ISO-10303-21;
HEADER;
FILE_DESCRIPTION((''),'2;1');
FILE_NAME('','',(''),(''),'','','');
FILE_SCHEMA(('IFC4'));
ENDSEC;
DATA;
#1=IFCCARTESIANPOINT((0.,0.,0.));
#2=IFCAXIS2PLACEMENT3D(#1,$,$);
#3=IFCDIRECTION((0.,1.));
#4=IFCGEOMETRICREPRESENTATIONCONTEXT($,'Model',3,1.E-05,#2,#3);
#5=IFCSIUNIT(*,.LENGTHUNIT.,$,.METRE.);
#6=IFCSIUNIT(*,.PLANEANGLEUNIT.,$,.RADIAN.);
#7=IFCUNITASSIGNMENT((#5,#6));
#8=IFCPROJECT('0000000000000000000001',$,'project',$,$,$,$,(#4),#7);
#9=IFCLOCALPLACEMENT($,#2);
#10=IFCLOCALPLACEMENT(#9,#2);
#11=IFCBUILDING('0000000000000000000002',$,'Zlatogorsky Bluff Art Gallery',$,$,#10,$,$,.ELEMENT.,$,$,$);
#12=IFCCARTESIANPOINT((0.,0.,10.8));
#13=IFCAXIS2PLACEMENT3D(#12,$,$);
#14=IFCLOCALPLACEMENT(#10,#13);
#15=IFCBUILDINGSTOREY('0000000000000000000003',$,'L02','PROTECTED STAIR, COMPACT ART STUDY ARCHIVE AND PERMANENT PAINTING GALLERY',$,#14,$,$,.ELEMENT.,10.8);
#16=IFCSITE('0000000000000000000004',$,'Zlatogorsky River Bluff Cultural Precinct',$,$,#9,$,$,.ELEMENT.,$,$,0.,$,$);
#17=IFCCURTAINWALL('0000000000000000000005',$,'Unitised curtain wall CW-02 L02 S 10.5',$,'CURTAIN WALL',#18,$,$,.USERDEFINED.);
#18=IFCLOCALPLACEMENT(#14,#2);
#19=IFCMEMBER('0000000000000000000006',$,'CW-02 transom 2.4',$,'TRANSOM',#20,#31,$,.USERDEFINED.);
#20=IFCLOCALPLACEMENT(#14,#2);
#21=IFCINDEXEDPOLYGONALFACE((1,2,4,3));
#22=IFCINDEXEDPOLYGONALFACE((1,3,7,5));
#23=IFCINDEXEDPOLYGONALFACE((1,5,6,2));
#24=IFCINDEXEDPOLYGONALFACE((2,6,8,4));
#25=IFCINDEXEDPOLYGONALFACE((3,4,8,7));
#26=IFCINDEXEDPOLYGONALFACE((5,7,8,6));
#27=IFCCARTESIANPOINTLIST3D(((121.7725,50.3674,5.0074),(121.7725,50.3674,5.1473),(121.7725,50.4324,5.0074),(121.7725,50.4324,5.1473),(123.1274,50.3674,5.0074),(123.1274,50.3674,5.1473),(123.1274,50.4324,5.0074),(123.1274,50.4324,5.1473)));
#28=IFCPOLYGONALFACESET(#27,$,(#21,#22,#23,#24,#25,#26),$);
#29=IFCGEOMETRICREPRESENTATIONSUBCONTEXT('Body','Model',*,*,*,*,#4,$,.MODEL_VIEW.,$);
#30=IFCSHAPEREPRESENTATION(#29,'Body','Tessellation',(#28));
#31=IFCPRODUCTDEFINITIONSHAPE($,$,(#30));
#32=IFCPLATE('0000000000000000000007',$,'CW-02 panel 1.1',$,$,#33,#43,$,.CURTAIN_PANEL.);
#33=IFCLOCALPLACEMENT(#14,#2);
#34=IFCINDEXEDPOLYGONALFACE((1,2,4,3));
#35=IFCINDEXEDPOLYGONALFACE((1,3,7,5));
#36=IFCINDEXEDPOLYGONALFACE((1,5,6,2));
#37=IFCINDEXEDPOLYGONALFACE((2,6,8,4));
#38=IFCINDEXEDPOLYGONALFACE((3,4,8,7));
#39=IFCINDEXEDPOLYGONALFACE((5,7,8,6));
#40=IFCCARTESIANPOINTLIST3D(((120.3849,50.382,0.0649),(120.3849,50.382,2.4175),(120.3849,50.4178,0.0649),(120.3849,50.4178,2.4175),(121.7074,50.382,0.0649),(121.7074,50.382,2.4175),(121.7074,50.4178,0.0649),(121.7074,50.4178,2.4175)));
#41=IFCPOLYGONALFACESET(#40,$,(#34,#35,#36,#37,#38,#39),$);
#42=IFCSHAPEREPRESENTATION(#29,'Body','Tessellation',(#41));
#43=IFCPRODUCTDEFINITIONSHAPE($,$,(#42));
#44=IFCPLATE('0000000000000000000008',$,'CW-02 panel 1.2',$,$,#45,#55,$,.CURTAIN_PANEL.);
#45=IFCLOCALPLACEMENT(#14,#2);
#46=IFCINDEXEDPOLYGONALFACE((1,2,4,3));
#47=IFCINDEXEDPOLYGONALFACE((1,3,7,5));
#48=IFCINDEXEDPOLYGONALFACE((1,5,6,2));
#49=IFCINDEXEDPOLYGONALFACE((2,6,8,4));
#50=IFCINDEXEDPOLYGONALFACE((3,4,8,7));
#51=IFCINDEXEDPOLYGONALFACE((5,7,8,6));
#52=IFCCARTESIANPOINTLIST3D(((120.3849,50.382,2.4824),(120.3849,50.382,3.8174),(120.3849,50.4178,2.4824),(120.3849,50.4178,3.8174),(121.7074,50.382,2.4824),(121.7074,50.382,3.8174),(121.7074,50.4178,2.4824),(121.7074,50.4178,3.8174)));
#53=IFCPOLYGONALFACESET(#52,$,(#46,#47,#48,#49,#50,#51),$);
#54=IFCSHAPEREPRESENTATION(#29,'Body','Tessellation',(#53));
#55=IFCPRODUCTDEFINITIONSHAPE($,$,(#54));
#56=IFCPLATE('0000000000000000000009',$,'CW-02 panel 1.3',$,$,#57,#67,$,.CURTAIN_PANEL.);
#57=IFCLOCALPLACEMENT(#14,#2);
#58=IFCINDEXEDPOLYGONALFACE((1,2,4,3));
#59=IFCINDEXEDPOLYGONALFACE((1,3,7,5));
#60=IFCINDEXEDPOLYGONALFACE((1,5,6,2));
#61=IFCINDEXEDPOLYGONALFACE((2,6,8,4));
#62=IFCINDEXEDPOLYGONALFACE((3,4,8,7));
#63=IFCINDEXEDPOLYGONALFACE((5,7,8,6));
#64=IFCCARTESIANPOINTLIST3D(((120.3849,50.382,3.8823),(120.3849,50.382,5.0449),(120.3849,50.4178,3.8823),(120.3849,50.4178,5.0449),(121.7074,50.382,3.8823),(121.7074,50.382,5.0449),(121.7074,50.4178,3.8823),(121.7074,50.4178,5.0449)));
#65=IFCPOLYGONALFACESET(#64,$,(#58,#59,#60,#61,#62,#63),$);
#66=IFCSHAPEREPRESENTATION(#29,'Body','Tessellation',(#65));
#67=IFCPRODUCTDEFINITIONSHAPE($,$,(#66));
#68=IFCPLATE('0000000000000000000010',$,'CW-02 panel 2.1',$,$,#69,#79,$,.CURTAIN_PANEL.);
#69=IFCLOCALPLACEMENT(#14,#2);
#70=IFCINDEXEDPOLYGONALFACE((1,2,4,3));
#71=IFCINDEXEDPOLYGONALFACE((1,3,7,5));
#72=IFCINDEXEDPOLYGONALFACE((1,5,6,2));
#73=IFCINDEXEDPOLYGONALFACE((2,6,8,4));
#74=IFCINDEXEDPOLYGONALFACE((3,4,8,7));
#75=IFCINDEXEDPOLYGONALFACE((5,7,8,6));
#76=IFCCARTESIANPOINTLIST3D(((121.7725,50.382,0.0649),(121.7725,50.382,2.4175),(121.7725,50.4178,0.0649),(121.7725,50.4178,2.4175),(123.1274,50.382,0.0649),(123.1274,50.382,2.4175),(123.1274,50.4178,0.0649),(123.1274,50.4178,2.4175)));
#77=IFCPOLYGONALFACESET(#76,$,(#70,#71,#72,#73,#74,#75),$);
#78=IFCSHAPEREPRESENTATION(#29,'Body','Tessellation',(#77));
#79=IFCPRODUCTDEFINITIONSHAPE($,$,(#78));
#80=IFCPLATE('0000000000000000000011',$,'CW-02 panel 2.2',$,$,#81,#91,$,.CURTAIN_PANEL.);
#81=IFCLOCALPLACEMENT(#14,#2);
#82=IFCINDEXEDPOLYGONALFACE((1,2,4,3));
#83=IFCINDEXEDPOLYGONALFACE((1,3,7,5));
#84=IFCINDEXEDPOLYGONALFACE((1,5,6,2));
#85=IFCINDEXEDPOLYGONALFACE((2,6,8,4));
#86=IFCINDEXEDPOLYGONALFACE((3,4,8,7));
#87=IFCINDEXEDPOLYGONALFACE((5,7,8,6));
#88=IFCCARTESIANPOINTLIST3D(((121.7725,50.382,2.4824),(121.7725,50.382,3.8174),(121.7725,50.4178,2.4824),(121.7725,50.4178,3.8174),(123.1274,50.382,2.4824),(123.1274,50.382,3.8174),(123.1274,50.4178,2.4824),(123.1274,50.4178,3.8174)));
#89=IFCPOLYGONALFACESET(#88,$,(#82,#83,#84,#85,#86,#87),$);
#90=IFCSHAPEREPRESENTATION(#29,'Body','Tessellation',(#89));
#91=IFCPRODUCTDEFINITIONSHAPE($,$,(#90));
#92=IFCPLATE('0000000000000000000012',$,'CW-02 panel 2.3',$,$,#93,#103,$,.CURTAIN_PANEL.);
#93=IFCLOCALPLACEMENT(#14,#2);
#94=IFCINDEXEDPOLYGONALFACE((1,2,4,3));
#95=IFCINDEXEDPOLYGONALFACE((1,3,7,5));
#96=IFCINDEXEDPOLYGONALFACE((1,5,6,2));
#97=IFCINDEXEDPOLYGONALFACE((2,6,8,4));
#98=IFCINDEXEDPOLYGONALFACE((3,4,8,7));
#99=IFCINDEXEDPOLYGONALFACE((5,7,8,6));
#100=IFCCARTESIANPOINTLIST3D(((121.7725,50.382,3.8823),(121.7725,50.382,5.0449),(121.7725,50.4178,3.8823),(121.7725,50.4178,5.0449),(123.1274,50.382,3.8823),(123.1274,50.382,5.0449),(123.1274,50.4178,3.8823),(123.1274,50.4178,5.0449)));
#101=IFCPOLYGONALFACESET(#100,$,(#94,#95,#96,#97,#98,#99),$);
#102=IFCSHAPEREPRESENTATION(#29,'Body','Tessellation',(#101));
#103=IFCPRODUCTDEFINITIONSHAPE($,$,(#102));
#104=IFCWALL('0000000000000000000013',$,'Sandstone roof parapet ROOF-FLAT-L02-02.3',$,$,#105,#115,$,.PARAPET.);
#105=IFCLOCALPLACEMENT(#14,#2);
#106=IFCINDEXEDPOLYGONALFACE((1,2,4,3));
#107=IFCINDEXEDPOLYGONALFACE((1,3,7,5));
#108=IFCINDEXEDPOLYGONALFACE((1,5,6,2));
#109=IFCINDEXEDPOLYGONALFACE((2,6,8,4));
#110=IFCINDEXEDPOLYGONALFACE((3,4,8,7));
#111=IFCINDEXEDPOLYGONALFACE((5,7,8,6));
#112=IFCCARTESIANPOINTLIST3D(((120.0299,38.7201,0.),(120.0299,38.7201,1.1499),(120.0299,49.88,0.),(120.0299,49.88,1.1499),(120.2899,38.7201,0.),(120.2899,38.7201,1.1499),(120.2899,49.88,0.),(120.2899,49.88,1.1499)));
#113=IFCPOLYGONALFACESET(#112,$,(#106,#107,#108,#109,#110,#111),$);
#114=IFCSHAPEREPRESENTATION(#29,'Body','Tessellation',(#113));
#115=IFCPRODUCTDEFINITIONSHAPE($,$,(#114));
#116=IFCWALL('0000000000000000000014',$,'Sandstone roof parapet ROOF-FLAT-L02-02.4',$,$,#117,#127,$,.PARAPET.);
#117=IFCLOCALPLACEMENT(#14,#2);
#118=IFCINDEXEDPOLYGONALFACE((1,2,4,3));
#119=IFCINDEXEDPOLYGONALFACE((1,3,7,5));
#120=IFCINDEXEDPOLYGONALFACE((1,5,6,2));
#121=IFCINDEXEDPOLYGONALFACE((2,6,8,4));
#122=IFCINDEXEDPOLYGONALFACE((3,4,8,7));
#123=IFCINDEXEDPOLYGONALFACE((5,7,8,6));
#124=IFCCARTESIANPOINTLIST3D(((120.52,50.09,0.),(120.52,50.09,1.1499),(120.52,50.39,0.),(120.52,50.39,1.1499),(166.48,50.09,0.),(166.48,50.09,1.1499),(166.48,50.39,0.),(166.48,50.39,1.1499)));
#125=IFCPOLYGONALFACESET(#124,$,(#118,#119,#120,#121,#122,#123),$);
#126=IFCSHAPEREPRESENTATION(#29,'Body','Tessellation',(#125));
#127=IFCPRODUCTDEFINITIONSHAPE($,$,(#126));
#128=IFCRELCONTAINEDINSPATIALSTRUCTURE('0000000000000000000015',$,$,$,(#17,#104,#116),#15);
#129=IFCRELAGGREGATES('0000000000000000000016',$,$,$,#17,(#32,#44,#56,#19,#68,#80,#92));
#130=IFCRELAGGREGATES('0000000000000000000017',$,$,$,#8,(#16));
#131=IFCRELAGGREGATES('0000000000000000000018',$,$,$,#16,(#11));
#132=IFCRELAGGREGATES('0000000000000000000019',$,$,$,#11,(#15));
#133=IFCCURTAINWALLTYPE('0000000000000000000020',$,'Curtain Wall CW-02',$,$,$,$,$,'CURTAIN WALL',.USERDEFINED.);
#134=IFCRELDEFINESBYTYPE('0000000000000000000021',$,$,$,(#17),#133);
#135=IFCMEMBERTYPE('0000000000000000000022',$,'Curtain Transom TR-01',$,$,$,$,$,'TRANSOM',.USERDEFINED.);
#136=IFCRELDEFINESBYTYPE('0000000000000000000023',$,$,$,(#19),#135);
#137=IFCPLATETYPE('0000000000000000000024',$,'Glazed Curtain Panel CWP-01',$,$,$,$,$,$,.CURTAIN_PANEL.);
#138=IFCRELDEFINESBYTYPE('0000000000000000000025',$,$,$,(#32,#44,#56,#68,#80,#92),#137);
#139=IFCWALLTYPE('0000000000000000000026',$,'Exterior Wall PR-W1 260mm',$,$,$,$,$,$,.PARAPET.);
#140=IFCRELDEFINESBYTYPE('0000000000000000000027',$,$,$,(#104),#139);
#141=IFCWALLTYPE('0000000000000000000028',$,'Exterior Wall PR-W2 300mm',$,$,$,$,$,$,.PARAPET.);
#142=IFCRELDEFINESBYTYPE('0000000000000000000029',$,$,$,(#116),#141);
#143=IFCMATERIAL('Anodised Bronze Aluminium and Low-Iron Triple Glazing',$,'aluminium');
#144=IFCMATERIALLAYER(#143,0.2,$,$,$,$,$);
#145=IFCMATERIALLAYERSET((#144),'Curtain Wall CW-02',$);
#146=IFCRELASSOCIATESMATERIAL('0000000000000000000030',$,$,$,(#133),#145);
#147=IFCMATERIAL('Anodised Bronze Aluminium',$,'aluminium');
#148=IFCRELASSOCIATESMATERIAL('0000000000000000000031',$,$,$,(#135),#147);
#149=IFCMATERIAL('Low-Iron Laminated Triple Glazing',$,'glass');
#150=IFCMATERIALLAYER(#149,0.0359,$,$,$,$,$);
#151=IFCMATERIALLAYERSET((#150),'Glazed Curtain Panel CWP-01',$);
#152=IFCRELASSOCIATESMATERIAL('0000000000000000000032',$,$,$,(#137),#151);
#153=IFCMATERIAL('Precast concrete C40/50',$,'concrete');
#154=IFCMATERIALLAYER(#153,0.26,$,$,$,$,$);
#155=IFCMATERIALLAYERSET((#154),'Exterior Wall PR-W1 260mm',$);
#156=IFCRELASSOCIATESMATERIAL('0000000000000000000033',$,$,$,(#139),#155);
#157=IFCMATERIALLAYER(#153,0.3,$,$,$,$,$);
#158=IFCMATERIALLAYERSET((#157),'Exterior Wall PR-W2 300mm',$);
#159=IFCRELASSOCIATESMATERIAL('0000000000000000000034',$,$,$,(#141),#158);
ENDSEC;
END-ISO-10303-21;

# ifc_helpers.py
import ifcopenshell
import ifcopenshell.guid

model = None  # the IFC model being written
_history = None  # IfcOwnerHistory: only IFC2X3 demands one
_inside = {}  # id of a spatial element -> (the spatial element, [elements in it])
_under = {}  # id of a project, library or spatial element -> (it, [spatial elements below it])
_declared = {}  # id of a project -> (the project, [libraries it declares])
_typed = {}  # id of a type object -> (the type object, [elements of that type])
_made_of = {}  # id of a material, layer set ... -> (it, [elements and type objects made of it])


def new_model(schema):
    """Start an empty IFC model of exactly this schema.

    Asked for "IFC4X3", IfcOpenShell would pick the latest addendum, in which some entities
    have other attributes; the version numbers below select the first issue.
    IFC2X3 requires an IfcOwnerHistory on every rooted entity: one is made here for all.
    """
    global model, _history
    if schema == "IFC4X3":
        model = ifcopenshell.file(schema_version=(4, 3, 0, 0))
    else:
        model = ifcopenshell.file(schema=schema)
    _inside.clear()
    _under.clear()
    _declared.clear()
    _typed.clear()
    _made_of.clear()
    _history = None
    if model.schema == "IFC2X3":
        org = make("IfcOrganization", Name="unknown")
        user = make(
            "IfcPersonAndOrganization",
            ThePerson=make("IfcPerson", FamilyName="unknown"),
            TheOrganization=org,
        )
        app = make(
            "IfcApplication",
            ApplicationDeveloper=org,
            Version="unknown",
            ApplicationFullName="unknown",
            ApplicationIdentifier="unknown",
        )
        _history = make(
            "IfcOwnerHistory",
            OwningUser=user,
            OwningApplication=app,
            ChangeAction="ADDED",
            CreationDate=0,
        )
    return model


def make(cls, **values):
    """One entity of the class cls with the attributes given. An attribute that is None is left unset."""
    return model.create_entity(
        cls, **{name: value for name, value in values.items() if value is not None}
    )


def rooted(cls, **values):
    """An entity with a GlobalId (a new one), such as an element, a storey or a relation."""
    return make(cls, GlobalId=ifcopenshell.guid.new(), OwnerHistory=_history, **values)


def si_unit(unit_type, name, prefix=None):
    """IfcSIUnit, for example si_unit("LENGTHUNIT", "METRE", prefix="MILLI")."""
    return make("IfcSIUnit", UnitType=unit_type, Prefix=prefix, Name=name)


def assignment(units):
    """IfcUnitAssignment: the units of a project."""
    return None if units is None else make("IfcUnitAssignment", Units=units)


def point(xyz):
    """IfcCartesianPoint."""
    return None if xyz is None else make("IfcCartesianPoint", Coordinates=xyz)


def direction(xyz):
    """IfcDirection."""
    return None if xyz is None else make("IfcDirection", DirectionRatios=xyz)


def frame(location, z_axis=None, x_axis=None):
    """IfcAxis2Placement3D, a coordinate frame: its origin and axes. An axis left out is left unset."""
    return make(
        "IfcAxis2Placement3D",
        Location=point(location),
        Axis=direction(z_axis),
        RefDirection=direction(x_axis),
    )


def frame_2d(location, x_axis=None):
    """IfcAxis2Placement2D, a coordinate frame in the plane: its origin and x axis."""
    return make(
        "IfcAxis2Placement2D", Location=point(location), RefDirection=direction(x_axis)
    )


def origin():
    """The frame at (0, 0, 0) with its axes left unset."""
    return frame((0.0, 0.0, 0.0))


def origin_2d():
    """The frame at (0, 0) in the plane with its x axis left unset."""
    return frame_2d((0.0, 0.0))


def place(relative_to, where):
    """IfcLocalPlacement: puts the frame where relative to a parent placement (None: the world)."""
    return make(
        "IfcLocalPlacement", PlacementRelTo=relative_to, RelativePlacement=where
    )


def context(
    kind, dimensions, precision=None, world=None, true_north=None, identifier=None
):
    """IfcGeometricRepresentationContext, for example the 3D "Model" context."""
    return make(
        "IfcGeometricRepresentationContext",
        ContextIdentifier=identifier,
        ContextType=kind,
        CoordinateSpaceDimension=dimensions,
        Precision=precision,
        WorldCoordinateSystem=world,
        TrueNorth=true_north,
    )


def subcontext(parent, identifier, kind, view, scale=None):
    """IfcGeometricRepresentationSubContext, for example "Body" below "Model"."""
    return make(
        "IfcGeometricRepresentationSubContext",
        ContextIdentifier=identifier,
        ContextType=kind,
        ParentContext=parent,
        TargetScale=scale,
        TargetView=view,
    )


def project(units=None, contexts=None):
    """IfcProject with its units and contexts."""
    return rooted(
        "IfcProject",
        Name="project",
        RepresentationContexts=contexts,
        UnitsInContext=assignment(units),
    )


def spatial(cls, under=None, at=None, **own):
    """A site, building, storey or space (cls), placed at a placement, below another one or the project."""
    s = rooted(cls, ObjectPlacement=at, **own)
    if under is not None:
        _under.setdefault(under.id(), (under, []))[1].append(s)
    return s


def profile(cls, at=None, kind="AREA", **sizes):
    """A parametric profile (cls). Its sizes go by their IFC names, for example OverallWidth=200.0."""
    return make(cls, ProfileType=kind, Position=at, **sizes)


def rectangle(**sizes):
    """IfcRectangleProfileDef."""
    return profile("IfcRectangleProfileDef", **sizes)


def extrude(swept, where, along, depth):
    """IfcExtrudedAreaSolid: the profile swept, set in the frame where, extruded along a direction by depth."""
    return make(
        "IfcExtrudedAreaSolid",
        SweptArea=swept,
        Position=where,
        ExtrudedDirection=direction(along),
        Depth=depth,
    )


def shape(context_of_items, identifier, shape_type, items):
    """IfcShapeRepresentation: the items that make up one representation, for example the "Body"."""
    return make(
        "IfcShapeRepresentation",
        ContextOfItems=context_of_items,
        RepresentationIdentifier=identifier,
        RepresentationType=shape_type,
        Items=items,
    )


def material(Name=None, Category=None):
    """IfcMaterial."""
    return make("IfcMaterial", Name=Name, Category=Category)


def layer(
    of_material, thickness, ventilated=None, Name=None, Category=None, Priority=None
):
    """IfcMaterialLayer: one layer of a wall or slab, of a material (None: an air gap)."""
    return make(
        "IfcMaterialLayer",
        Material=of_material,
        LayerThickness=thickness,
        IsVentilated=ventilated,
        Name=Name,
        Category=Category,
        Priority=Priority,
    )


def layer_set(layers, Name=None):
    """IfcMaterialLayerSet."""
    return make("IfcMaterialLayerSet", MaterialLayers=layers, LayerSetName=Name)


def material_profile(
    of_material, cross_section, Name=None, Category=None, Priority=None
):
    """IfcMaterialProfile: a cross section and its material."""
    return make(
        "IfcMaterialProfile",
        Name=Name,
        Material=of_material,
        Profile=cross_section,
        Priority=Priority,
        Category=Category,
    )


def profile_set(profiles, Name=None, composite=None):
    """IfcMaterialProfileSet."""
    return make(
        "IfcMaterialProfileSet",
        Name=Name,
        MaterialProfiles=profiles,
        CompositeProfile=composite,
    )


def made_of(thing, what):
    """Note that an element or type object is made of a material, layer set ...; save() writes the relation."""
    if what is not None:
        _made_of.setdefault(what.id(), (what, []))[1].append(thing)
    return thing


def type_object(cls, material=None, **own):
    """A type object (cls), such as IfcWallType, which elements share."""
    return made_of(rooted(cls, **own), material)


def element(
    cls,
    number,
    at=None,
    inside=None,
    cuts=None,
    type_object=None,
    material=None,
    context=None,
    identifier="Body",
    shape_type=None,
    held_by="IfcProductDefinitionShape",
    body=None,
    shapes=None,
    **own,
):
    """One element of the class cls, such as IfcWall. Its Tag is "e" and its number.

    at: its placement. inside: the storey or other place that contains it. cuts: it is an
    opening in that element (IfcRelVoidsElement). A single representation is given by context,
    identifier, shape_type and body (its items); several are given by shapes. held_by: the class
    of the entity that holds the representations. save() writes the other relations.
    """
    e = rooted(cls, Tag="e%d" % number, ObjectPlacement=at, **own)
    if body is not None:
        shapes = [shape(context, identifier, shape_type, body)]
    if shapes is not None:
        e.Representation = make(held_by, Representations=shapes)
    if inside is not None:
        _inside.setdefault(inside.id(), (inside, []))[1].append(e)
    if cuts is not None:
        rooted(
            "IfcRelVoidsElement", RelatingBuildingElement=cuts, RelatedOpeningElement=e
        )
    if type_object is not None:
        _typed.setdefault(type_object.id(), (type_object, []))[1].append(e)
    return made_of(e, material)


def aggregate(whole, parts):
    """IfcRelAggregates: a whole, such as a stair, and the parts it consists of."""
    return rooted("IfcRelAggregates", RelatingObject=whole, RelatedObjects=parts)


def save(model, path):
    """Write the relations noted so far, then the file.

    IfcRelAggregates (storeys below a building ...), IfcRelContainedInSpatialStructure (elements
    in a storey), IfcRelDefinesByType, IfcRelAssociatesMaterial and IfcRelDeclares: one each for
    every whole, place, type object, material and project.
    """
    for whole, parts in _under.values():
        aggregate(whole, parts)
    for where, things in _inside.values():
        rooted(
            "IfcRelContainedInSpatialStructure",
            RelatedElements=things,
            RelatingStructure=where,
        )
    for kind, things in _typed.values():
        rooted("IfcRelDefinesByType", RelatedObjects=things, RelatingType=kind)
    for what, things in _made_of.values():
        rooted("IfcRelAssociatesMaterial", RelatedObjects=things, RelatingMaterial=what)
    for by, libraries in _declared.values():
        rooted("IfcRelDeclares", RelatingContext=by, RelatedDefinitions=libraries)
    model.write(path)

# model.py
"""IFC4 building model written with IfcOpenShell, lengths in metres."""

from ifc_helpers import new_model, si_unit, direction, frame, frame_2d, origin, origin_2d, place, context, subcontext, project, spatial, rectangle, extrude, material, layer, layer_set, material_profile, profile_set, type_object, element, aggregate, save


model = new_model("IFC4")

# Units and contexts
model_context = context("Model", 3, precision=1e-05, world=origin(), true_north=direction((0.0, 1.0)))
body_context = subcontext(model_context, "Body", "Model", "MODEL_VIEW")
ifc_project = project(units=[si_unit("LENGTHUNIT", "METRE"), si_unit("PLANEANGLEUNIT", "RADIAN")], contexts=[model_context])

# Site, building, storey
site_placement = place(None, origin())
site = spatial("IfcSite", under=ifc_project, at=site_placement, Name="Zlatogorsky River Bluff Cultural Precinct", CompositionType="ELEMENT", RefElevation=0.0)
building_placement = place(site_placement, origin())
building = spatial("IfcBuilding", under=site, at=building_placement, Name="Zlatogorsky Bluff Art Gallery", CompositionType="ELEMENT")
storey_placement = place(building_placement, frame((0.0, 0.0, 10.8)))
storey = spatial("IfcBuildingStorey", under=building, at=storey_placement, Name="L02", Description="PROTECTED STAIR, COMPACT ART STUDY ARCHIVE AND PERMANENT PAINTING GALLERY", CompositionType="ELEMENT", Elevation=10.8)

# Curtain wall, member, plates
ifc_material_1 = material(Name="Anodised Bronze Aluminium and Low-Iron Triple Glazing", Category="aluminium")
ifc_layer_1 = layer(ifc_material_1, 0.2)
ifc_layer_set_1 = layer_set([ifc_layer_1], Name="Curtain Wall CW-02")
curtain_wall_type = type_object("IfcCurtainWallType", Name="Curtain Wall CW-02", ElementType="CURTAIN WALL", PredefinedType="USERDEFINED", material=ifc_layer_set_1)
curtain_wall_placement = place(storey_placement, origin())
curtain_wall = element("IfcCurtainWall", 1, at=curtain_wall_placement, inside=storey, type_object=curtain_wall_type, Name="Unitised curtain wall CW-02 L02 S 10.5", ObjectType="CURTAIN WALL", PredefinedType="USERDEFINED")
ifc_material_2 = material(Name="Anodised Bronze Aluminium", Category="aluminium")
ifc_material_profile_1 = material_profile(ifc_material_2, rectangle(XDim=0.0649, YDim=0.1399, at=origin_2d()), Name="ALU TRANSOM 65x140")
ifc_profile_set_1 = profile_set([ifc_material_profile_1], Name="Anodised Bronze Aluminium")
member_type_1 = type_object("IfcMemberType", Name="Curtain Transom TR-01", ElementType="TRANSOM", PredefinedType="USERDEFINED", material=ifc_profile_set_1)
member_1_placement = place(storey_placement, frame((121.7725, 50.3999, 5.0774), z_axis=(1.0, 0.0, 0.0), x_axis=(0.0, 1.0, 0.0)))
member_1 = element("IfcMember", 2, at=member_1_placement, type_object=member_type_1, Name="CW-02 transom 2.4", ObjectType="TRANSOM", PredefinedType="USERDEFINED", context=body_context, shape_type="SweptSolid", body=[
    extrude(rectangle(XDim=0.0649, YDim=0.1399, at=origin_2d()), origin(), (0.0, 0.0, 1.0), 1.355),
])
ifc_material_3 = material(Name="Low-Iron Laminated Triple Glazing", Category="glass")
ifc_layer_2 = layer(ifc_material_3, 0.0359)
ifc_layer_set_2 = layer_set([ifc_layer_2], Name="Glazed Curtain Panel CWP-01")
plate_type = type_object("IfcPlateType", Name="Glazed Curtain Panel CWP-01", PredefinedType="CURTAIN_PANEL", material=ifc_layer_set_2)
plate_1_placement = place(storey_placement, frame((121.0461, 50.3999, 0.0649), z_axis=(0.0, 0.0, 1.0), x_axis=(1.0, 0.0, 0.0)))
plate_1 = element("IfcPlate", 3, at=plate_1_placement, type_object=plate_type, Name="CW-02 panel 1.1", PredefinedType="CURTAIN_PANEL", context=body_context, shape_type="SweptSolid", body=[
    extrude(rectangle(XDim=1.3225, YDim=0.0359, at=origin_2d()), origin(), (0.0, 0.0, 1.0), 2.3525),
])
plate_2_placement = place(storey_placement, frame((121.0461, 50.3999, 2.4824), z_axis=(0.0, 0.0, 1.0), x_axis=(1.0, 0.0, 0.0)))
plate_2 = element("IfcPlate", 4, at=plate_2_placement, type_object=plate_type, Name="CW-02 panel 1.2", PredefinedType="CURTAIN_PANEL", context=body_context, shape_type="SweptSolid", body=[
    extrude(rectangle(XDim=1.3225, YDim=0.0359, at=origin_2d()), origin(), (0.0, 0.0, 1.0), 1.335),
])
plate_3_placement = place(storey_placement, frame((121.0461, 50.3999, 3.8823), z_axis=(0.0, 0.0, 1.0), x_axis=(1.0, 0.0, 0.0)))
plate_3 = element("IfcPlate", 5, at=plate_3_placement, type_object=plate_type, Name="CW-02 panel 1.3", PredefinedType="CURTAIN_PANEL", context=body_context, shape_type="SweptSolid", body=[
    extrude(rectangle(XDim=1.3225, YDim=0.0359, at=origin_2d()), origin(), (0.0, 0.0, 1.0), 1.1626),
])
plate_4_placement = place(storey_placement, frame((122.45, 50.3999, 0.0649), z_axis=(0.0, 0.0, 1.0), x_axis=(1.0, 0.0, 0.0)))
plate_4 = element("IfcPlate", 6, at=plate_4_placement, type_object=plate_type, Name="CW-02 panel 2.1", PredefinedType="CURTAIN_PANEL", context=body_context, shape_type="SweptSolid", body=[
    extrude(rectangle(XDim=1.355, YDim=0.0359, at=origin_2d()), origin(), (0.0, 0.0, 1.0), 2.3525),
])
plate_5_placement = place(storey_placement, frame((122.45, 50.3999, 2.4824), z_axis=(0.0, 0.0, 1.0), x_axis=(1.0, 0.0, 0.0)))
plate_5 = element("IfcPlate", 7, at=plate_5_placement, type_object=plate_type, Name="CW-02 panel 2.2", PredefinedType="CURTAIN_PANEL", context=body_context, shape_type="SweptSolid", body=[
    extrude(rectangle(XDim=1.355, YDim=0.0359, at=origin_2d()), origin(), (0.0, 0.0, 1.0), 1.335),
])
plate_6_placement = place(storey_placement, frame((122.45, 50.3999, 3.8823), z_axis=(0.0, 0.0, 1.0), x_axis=(1.0, 0.0, 0.0)))
plate_6 = element("IfcPlate", 8, at=plate_6_placement, type_object=plate_type, Name="CW-02 panel 2.3", PredefinedType="CURTAIN_PANEL", context=body_context, shape_type="SweptSolid", body=[
    extrude(rectangle(XDim=1.355, YDim=0.0359, at=origin_2d()), origin(), (0.0, 0.0, 1.0), 1.1626),
])
aggregate(curtain_wall, [plate_1, plate_2, plate_3, member_1, plate_4, plate_5, plate_6])

# Walls
ifc_material_4 = material(Name="Precast concrete C40/50", Category="concrete")
ifc_layer_3 = layer(ifc_material_4, 0.26)
ifc_layer_set_3 = layer_set([ifc_layer_3], Name="Exterior Wall PR-W1 260mm")
wall_type_1 = type_object("IfcWallType", Name="Exterior Wall PR-W1 260mm", PredefinedType="PARAPET", material=ifc_layer_set_3)
wall_1_placement = place(storey_placement, frame((120.1599, 38.72, 0.0), z_axis=(0.0, 0.0, 1.0), x_axis=(0.0, 1.0, 0.0)))
element("IfcWall", 9, at=wall_1_placement, inside=storey, type_object=wall_type_1, Name="Sandstone roof parapet ROOF-FLAT-L02-02.3", PredefinedType="PARAPET", context=body_context, shape_type="SweptSolid", body=[
    extrude(rectangle(XDim=11.1599, YDim=0.26, at=frame_2d((5.5801, 0.0))), origin(), (0.0, 0.0, 1.0), 1.1499),
])
ifc_layer_4 = layer(ifc_material_4, 0.3)
ifc_layer_set_4 = layer_set([ifc_layer_4], Name="Exterior Wall PR-W2 300mm")
wall_type_2 = type_object("IfcWallType", Name="Exterior Wall PR-W2 300mm", PredefinedType="PARAPET", material=ifc_layer_set_4)
wall_2_placement = place(storey_placement, frame((120.52, 50.24, 0.0), z_axis=(0.0, 0.0, 1.0), x_axis=(1.0, 0.0, 0.0)))
element("IfcWall", 10, at=wall_2_placement, inside=storey, type_object=wall_type_2, Name="Sandstone roof parapet ROOF-FLAT-L02-02.4", PredefinedType="PARAPET", context=body_context, shape_type="SweptSolid", body=[
    extrude(rectangle(XDim=45.96, YDim=0.3, at=frame_2d((22.98, 0.0))), origin(), (0.0, 0.0, 1.0), 1.1499),
])

save(model, "model.ifc")
